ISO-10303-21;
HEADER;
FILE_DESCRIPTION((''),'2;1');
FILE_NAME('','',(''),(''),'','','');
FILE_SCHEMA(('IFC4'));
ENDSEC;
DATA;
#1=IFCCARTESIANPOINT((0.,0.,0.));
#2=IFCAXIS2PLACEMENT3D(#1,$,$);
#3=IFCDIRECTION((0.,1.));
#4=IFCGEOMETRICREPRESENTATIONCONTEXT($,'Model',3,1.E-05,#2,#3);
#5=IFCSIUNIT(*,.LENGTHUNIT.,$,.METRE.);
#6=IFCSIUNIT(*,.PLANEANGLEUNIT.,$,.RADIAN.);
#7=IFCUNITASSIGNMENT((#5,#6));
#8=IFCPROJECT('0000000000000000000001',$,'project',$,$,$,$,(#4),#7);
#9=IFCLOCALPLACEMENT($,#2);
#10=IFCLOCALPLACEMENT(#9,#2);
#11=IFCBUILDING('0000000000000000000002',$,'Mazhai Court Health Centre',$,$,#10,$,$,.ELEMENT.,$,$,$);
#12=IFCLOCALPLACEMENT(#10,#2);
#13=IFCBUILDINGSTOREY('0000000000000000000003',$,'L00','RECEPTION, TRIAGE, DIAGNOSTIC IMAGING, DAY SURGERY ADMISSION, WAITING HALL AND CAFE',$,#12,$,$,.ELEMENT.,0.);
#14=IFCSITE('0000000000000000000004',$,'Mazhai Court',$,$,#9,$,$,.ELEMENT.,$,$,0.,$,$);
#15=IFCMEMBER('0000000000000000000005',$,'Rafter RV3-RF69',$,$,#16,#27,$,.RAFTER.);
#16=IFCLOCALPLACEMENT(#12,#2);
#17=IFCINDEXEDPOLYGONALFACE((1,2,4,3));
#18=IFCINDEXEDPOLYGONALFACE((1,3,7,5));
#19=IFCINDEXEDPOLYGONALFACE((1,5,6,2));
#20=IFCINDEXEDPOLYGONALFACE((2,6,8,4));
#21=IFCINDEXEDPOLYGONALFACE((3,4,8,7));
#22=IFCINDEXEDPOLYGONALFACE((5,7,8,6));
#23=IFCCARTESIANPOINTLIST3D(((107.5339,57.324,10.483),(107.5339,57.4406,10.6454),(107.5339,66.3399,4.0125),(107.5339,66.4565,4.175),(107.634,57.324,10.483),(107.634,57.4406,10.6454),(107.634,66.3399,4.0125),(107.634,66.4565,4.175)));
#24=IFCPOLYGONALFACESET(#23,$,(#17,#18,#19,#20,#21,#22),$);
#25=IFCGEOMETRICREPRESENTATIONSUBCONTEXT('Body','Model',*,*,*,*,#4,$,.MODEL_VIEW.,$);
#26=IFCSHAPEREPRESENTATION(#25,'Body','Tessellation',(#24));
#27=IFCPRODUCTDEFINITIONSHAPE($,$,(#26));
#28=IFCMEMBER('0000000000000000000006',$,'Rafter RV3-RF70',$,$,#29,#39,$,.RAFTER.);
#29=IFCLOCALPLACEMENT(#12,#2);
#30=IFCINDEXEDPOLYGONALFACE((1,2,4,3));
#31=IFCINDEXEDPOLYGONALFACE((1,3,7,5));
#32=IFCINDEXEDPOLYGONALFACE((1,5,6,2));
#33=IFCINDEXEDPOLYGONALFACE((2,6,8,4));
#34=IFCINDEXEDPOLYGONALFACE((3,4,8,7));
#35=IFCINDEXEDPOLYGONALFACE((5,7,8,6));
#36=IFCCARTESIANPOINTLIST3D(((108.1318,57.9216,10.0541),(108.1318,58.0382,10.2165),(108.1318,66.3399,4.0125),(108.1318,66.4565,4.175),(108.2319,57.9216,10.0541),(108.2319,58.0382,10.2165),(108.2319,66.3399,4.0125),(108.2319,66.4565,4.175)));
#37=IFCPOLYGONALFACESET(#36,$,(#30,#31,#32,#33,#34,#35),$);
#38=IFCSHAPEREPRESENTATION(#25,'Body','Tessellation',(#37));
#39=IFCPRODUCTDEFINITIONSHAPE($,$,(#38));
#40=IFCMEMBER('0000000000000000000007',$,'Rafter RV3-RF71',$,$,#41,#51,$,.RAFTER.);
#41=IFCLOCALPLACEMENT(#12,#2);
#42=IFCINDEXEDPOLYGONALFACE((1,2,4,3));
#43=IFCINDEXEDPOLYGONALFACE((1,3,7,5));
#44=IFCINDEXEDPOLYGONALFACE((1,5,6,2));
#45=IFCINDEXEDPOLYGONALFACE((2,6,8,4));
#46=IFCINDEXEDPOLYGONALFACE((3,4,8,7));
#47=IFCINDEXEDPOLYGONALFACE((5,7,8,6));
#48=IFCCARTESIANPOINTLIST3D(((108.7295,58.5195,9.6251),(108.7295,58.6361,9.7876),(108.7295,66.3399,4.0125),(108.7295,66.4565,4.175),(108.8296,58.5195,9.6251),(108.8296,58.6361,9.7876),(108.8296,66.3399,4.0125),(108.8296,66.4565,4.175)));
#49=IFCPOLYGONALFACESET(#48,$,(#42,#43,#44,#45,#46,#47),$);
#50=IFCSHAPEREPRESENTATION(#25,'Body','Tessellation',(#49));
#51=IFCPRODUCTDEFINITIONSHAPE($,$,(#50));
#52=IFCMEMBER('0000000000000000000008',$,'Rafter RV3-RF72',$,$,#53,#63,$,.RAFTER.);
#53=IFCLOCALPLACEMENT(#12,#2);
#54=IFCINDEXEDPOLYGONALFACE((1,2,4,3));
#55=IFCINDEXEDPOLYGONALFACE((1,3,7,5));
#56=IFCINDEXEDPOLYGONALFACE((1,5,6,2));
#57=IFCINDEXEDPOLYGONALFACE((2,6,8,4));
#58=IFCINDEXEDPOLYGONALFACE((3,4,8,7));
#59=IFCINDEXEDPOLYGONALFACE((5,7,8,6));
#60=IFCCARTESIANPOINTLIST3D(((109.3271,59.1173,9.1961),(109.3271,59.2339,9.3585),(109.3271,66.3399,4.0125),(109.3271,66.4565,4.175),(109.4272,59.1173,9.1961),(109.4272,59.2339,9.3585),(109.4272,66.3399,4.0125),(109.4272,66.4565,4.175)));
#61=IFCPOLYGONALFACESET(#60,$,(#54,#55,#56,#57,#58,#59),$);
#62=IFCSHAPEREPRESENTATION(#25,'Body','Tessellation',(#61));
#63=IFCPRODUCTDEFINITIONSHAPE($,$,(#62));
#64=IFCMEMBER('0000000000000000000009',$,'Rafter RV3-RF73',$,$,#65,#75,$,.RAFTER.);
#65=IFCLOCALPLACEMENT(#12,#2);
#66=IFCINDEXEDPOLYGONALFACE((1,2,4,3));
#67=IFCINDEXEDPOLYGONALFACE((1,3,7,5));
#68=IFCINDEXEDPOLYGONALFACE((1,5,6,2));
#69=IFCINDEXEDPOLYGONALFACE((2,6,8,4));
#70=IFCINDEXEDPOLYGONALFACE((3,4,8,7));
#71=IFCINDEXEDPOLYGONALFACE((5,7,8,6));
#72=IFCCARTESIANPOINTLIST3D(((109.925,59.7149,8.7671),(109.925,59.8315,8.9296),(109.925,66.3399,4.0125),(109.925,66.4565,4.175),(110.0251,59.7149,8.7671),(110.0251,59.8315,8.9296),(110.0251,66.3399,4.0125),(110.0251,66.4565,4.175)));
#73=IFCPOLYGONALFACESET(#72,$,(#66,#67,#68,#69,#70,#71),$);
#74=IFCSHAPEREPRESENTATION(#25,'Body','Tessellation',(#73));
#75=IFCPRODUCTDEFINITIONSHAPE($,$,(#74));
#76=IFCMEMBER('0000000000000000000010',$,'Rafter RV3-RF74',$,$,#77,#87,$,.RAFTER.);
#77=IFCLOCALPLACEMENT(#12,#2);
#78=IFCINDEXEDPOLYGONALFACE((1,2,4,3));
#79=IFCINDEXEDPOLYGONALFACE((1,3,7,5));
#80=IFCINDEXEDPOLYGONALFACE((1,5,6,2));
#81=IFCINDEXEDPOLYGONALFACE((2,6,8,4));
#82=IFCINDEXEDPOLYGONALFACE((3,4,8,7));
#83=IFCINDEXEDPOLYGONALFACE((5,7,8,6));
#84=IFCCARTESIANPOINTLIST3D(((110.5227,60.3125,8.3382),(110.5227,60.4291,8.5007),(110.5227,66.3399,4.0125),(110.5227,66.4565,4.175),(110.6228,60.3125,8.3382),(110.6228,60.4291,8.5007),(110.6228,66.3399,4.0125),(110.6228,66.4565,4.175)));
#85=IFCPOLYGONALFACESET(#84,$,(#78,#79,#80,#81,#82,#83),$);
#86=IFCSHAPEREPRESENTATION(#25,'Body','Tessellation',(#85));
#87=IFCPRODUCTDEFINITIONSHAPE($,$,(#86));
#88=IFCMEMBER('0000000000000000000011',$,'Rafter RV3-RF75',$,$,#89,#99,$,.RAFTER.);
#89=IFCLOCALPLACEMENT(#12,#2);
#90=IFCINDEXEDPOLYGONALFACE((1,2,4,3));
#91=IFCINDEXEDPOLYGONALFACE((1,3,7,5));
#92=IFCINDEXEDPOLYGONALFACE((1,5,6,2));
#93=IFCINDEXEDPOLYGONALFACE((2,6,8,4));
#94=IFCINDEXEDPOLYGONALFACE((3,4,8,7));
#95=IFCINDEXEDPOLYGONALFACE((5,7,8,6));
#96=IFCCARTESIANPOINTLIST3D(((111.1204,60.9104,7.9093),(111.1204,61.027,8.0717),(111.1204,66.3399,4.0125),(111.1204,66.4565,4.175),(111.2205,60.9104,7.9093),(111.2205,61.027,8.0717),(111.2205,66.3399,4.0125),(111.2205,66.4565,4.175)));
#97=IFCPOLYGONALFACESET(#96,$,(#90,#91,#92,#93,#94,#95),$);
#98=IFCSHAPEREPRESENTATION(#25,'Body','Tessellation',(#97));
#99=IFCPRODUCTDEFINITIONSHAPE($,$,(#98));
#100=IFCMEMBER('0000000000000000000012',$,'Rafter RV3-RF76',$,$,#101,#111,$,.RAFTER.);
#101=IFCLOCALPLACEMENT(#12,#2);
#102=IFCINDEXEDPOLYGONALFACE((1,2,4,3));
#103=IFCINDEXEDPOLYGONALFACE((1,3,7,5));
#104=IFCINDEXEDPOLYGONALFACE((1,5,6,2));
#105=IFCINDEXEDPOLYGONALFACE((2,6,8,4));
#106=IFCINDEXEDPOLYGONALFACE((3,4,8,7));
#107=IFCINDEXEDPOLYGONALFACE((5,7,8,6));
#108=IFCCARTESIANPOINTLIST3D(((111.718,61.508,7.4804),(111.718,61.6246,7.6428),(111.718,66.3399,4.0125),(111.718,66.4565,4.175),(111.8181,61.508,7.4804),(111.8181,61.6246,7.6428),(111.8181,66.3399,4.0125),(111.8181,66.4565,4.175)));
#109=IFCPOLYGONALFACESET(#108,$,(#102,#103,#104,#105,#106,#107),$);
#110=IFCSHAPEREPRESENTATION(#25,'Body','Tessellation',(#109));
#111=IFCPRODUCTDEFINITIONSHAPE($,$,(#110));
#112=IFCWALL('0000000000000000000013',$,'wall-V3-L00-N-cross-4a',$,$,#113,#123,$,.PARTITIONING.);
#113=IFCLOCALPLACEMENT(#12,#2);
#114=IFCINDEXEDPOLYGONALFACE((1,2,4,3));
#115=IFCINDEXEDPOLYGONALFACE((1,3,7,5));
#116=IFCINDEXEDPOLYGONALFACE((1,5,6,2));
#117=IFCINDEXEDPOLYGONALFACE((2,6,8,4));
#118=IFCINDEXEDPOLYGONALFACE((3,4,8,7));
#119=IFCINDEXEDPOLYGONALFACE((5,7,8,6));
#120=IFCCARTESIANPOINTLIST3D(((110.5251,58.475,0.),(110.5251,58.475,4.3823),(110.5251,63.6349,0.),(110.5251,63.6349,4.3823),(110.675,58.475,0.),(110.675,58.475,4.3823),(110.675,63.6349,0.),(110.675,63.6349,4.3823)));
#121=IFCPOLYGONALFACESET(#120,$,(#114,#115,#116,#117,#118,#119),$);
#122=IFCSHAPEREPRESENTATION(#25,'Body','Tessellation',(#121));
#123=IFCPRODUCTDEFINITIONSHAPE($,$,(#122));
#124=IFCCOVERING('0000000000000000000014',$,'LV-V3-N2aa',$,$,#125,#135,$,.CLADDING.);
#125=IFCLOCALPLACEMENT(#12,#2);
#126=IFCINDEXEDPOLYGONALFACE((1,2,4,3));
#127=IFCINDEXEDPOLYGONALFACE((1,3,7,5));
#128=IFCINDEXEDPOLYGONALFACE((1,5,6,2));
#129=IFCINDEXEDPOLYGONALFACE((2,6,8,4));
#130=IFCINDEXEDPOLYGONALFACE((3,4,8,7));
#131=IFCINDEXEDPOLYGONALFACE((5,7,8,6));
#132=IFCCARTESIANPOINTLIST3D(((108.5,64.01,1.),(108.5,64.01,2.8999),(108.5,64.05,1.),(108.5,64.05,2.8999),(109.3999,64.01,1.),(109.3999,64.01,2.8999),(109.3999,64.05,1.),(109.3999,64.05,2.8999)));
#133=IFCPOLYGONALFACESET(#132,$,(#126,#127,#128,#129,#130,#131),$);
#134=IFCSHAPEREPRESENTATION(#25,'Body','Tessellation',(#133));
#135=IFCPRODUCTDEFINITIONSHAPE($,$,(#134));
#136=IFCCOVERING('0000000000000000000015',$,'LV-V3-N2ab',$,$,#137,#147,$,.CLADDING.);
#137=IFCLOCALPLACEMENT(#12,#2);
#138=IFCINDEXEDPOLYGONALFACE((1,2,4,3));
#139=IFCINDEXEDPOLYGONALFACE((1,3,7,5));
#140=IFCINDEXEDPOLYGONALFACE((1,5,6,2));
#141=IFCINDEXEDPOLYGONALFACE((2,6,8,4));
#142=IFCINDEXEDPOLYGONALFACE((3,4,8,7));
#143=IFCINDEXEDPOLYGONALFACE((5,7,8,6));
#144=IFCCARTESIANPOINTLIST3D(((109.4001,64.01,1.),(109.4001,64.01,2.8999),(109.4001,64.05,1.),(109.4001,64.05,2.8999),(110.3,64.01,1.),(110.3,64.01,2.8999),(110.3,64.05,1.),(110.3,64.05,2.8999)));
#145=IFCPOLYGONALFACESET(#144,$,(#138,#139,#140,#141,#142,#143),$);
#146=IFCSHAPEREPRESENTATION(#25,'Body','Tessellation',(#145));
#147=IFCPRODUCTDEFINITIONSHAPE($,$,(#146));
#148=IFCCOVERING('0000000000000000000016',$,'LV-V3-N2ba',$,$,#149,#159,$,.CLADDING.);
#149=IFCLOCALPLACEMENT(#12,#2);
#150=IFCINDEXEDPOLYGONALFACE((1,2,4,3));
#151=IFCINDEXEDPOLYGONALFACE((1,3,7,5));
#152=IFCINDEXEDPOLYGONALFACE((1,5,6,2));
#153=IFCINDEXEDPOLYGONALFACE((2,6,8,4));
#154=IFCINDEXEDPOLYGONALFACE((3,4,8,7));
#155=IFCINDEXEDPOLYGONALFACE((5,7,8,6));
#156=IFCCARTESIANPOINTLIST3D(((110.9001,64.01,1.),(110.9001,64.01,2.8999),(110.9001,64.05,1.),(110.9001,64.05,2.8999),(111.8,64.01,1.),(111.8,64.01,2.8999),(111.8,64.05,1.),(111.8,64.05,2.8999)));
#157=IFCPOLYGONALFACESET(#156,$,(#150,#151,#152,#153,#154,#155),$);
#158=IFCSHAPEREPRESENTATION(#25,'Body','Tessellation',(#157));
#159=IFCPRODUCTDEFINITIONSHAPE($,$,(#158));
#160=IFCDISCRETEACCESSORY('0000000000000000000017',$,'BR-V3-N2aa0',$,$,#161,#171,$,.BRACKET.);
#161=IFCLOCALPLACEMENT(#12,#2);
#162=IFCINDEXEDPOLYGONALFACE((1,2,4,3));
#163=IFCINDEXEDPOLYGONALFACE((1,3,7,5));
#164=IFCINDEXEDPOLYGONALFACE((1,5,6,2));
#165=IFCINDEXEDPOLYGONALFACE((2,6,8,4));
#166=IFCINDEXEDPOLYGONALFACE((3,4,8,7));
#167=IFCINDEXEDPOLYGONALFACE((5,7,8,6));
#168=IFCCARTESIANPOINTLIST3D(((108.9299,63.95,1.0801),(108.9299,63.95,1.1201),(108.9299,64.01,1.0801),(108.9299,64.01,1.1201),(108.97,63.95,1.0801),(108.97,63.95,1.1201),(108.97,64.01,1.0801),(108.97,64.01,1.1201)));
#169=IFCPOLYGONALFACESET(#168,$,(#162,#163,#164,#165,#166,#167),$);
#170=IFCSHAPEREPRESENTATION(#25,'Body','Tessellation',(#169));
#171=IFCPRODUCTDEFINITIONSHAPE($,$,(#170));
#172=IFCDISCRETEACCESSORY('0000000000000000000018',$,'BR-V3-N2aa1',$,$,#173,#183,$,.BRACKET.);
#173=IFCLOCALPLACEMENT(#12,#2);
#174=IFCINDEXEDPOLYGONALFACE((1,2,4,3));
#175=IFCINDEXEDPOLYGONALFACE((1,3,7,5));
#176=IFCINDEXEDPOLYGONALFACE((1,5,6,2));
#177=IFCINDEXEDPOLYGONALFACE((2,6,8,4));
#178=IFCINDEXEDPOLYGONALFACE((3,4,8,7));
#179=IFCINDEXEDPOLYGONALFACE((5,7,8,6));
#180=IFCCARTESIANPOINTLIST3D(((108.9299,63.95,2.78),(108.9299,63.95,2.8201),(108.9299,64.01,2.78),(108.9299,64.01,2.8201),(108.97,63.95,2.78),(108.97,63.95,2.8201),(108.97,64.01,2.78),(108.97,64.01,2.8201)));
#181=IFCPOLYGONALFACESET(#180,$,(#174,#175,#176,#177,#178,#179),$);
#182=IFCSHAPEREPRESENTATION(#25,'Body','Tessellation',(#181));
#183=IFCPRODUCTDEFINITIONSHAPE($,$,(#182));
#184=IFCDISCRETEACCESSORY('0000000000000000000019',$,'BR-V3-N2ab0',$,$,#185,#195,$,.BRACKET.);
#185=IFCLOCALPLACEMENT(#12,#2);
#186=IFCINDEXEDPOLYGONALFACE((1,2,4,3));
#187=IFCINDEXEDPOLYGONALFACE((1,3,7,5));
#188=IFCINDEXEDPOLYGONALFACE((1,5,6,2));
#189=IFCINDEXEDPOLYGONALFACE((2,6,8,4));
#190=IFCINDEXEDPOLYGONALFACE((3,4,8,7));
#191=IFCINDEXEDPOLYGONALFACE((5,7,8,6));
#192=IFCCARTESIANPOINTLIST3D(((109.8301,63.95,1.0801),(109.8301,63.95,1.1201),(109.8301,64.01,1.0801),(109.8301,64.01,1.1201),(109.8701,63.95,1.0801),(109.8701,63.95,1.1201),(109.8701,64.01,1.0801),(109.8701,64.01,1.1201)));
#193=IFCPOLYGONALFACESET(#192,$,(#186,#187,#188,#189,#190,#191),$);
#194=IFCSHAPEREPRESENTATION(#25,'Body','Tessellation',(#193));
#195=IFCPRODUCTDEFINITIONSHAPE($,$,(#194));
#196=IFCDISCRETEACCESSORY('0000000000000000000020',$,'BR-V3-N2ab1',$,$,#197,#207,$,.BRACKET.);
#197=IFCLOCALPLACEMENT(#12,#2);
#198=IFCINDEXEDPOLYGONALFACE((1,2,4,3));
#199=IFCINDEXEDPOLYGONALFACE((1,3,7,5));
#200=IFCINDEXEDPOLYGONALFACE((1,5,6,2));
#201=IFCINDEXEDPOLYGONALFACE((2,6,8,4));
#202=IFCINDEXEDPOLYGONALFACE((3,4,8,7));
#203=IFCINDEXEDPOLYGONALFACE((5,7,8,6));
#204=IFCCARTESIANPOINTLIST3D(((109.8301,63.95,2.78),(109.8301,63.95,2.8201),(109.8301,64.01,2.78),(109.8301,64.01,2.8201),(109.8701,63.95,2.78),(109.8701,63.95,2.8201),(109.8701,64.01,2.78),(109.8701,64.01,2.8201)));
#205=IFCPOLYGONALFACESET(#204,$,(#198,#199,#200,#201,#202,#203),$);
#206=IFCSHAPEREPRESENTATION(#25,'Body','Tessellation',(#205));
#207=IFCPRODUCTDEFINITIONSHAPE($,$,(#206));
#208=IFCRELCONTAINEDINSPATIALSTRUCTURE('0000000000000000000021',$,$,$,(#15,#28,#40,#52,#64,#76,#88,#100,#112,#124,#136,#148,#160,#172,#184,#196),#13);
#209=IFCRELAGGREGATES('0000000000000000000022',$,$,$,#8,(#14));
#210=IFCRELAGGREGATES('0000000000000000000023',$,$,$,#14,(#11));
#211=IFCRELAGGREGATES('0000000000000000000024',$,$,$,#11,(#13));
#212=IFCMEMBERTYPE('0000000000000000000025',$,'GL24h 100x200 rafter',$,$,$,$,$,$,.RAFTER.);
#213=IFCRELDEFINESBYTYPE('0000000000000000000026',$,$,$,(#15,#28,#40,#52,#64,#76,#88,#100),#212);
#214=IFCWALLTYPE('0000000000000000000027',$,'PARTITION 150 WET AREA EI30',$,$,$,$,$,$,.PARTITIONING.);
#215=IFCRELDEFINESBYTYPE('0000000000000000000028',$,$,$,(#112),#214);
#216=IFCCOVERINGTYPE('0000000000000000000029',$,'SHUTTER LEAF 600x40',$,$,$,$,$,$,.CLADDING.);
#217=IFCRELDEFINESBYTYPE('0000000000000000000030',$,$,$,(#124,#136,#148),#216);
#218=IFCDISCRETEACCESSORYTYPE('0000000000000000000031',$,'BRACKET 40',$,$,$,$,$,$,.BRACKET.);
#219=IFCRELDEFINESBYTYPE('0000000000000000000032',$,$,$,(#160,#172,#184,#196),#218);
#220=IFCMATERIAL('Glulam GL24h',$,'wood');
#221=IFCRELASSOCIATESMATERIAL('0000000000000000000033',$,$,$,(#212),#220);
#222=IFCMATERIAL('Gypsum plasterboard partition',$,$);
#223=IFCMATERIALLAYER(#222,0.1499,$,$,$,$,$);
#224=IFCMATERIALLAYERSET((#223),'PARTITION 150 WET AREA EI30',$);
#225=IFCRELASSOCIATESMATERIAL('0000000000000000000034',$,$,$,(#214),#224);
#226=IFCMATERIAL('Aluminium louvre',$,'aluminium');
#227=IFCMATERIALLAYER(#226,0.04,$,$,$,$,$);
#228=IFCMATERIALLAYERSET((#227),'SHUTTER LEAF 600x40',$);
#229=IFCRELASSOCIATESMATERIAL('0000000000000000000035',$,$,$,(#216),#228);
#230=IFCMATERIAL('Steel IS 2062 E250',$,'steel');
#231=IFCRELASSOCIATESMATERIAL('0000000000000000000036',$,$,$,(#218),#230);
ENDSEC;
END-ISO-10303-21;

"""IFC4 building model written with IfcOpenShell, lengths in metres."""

from ifc_helpers import new_model, si_unit, direction, frame, frame_2d, origin, origin_2d, place, context, subcontext, project, spatial, rectangle, extrude, material, layer, layer_set, material_profile, profile_set, type_object, element, save


model = new_model("IFC4")

# Units and contexts
model_context = context("Model", 3, precision=1e-05, world=origin(), true_north=direction((0.0, 1.0)))
body_context = subcontext(model_context, "Body", "Model", "MODEL_VIEW")
ifc_project = project(units=[si_unit("LENGTHUNIT", "METRE"), si_unit("PLANEANGLEUNIT", "RADIAN")], contexts=[model_context])

# Site, building, storey
site_placement = place(None, origin())
site = spatial("IfcSite", under=ifc_project, at=site_placement, Name="Mazhai Court", CompositionType="ELEMENT", RefElevation=0.0)
building_placement = place(site_placement, origin())
building = spatial("IfcBuilding", under=site, at=building_placement, Name="Mazhai Court Health Centre", CompositionType="ELEMENT")
storey_placement = place(building_placement, origin())
storey = spatial("IfcBuildingStorey", under=building, at=storey_placement, Name="L00", Description="RECEPTION, TRIAGE, DIAGNOSTIC IMAGING, DAY SURGERY ADMISSION, WAITING HALL AND CAFE", CompositionType="ELEMENT", Elevation=0.0)

# Members
ifc_material_1 = material(Name="Glulam GL24h", Category="wood")
ifc_material_profile = material_profile(ifc_material_1, rectangle(XDim=0.1001, YDim=0.2, at=origin_2d()), Name="GL24h 100x200")
ifc_profile_set = profile_set([ifc_material_profile], Name="Glulam GL24h")
member_type = type_object("IfcMemberType", Name="GL24h 100x200 rafter", PredefinedType="RAFTER", material=ifc_profile_set)
member_1_placement = place(storey_placement, frame((107.584, 66.3982, 4.0938), z_axis=(0.0, -0.812429, 0.58306), x_axis=(1.0, 0.0, 0.0)))
element("IfcMember", 1, at=member_1_placement, inside=storey, type_object=member_type, Name="Rafter RV3-RF69", PredefinedType="RAFTER", context=body_context, shape_type="SweptSolid", body=[
    extrude(rectangle(XDim=0.1001, YDim=0.2, at=origin_2d()), origin(), (0.0, 0.0, 1.0), 11.0974),
])
member_2_placement = place(storey_placement, frame((108.1819, 66.3982, 4.0938), z_axis=(0.0, -0.812431, 0.583058), x_axis=(1.0, 0.0, 0.0)))
element("IfcMember", 2, at=member_2_placement, inside=storey, type_object=member_type, Name="Rafter RV3-RF70", PredefinedType="RAFTER", context=body_context, shape_type="SweptSolid", body=[
    extrude(rectangle(XDim=0.1001, YDim=0.2, at=origin_2d()), origin(), (0.0, 0.0, 1.0), 10.3618),
])
member_3_placement = place(storey_placement, frame((108.7795, 66.3982, 4.0938), z_axis=(0.0, -0.812424, 0.583067), x_axis=(1.0, 0.0, 0.0)))
element("IfcMember", 3, at=member_3_placement, inside=storey, type_object=member_type, Name="Rafter RV3-RF71", PredefinedType="RAFTER", context=body_context, shape_type="SweptSolid", body=[
    extrude(rectangle(XDim=0.1001, YDim=0.2, at=origin_2d()), origin(), (0.0, 0.0, 1.0), 9.626),
])
member_4_placement = place(storey_placement, frame((109.3772, 66.3982, 4.0938), z_axis=(0.0, -0.812425, 0.583066), x_axis=(1.0, 0.0, 0.0)))
element("IfcMember", 4, at=member_4_placement, inside=storey, type_object=member_type, Name="Rafter RV3-RF72", PredefinedType="RAFTER", context=body_context, shape_type="SweptSolid", body=[
    extrude(rectangle(XDim=0.1001, YDim=0.2, at=origin_2d()), origin(), (0.0, 0.0, 1.0), 8.8901),
])
member_5_placement = place(storey_placement, frame((109.9751, 66.3982, 4.0938), z_axis=(0.0, -0.812427, 0.583063), x_axis=(1.0, 0.0, 0.0)))
element("IfcMember", 5, at=member_5_placement, inside=storey, type_object=member_type, Name="Rafter RV3-RF73", PredefinedType="RAFTER", context=body_context, shape_type="SweptSolid", body=[
    extrude(rectangle(XDim=0.1001, YDim=0.2, at=origin_2d()), origin(), (0.0, 0.0, 1.0), 8.1545),
])
member_6_placement = place(storey_placement, frame((110.5728, 66.3982, 4.0938), z_axis=(0.0, -0.812428, 0.583061), x_axis=(1.0, 0.0, 0.0)))
element("IfcMember", 6, at=member_6_placement, inside=storey, type_object=member_type, Name="Rafter RV3-RF74", PredefinedType="RAFTER", context=body_context, shape_type="SweptSolid", body=[
    extrude(rectangle(XDim=0.1001, YDim=0.2, at=origin_2d()), origin(), (0.0, 0.0, 1.0), 7.4189),
])
member_7_placement = place(storey_placement, frame((111.1704, 66.3982, 4.0938), z_axis=(0.0, -0.812418, 0.583075), x_axis=(1.0, 0.0, 0.0)))
element("IfcMember", 7, at=member_7_placement, inside=storey, type_object=member_type, Name="Rafter RV3-RF75", PredefinedType="RAFTER", context=body_context, shape_type="SweptSolid", body=[
    extrude(rectangle(XDim=0.1001, YDim=0.2, at=origin_2d()), origin(), (0.0, 0.0, 1.0), 6.6831),
])
member_8_placement = place(storey_placement, frame((111.7681, 66.3982, 4.0938), z_axis=(0.0, -0.812419, 0.583073), x_axis=(1.0, 0.0, 0.0)))
element("IfcMember", 8, at=member_8_placement, inside=storey, type_object=member_type, Name="Rafter RV3-RF76", PredefinedType="RAFTER", context=body_context, shape_type="SweptSolid", body=[
    extrude(rectangle(XDim=0.1001, YDim=0.2, at=origin_2d()), origin(), (0.0, 0.0, 1.0), 5.9475),
])

# Wall
ifc_material_2 = material(Name="Gypsum plasterboard partition")
ifc_layer_1 = layer(ifc_material_2, 0.1499)
ifc_layer_set_1 = layer_set([ifc_layer_1], Name="PARTITION 150 WET AREA EI30")
wall_type = type_object("IfcWallType", Name="PARTITION 150 WET AREA EI30", PredefinedType="PARTITIONING", material=ifc_layer_set_1)
wall_placement = place(storey_placement, frame((110.6001, 63.635, 0.0), z_axis=(0.0, 0.0, 1.0), x_axis=(0.0, -1.0, 0.0)))
element("IfcWall", 9, at=wall_placement, inside=storey, type_object=wall_type, Name="wall-V3-L00-N-cross-4a", PredefinedType="PARTITIONING", context=body_context, shape_type="SweptSolid", body=[
    extrude(rectangle(XDim=5.1599, YDim=0.1499, at=frame_2d((2.5801, 0.0))), origin(), (0.0, 0.0, 1.0), 4.3823),
])

# Coverings
ifc_material_3 = material(Name="Aluminium louvre", Category="aluminium")
ifc_layer_2 = layer(ifc_material_3, 0.04)
ifc_layer_set_2 = layer_set([ifc_layer_2], Name="SHUTTER LEAF 600x40")
covering_type = type_object("IfcCoveringType", Name="SHUTTER LEAF 600x40", PredefinedType="CLADDING", material=ifc_layer_set_2)
for number, where, z_axis, x_axis, name in (
    (10, (108.95, 64.03, 1.0), (0.0, 0.0, 1.0), (1.0, 0.0, 0.0), "LV-V3-N2aa"),
    (11, (109.8501, 64.03, 1.0), (0.0, 0.0, 1.0), (1.0, 0.0, 0.0), "LV-V3-N2ab"),
    (12, (111.3501, 64.03, 1.0), (0.0, 0.0, 1.0), (1.0, 0.0, 0.0), "LV-V3-N2ba"),
):
    element("IfcCovering", number, at=place(storey_placement, frame(where, z_axis=z_axis, x_axis=x_axis)), inside=storey, type_object=covering_type, Name=name, PredefinedType="CLADDING", context=body_context, shape_type="SweptSolid", body=[
        extrude(rectangle(XDim=0.8999, YDim=0.04, at=origin_2d()), origin(), (0.0, 0.0, 1.0), 1.8999),
    ])

# Discrete accessories
ifc_material_4 = material(Name="Steel IS 2062 E250", Category="steel")
discrete_accessory_type_1 = type_object("IfcDiscreteAccessoryType", Name="BRACKET 40", PredefinedType="BRACKET", material=ifc_material_4)
for number, where, z_axis, x_axis, name in (
    (13, (108.95, 63.98, 1.0801), (0.0, 0.0, 1.0), (1.0, 0.0, 0.0), "BR-V3-N2aa0"),
    (14, (108.95, 63.98, 2.78), (0.0, 0.0, 1.0), (1.0, 0.0, 0.0), "BR-V3-N2aa1"),
    (15, (109.8501, 63.98, 1.0801), (0.0, 0.0, 1.0), (1.0, 0.0, 0.0), "BR-V3-N2ab0"),
    (16, (109.8501, 63.98, 2.78), (0.0, 0.0, 1.0), (1.0, 0.0, 0.0), "BR-V3-N2ab1"),
):
    element("IfcDiscreteAccessory", number, at=place(storey_placement, frame(where, z_axis=z_axis, x_axis=x_axis)), inside=storey, type_object=discrete_accessory_type_1, Name=name, PredefinedType="BRACKET", context=body_context, shape_type="SweptSolid", body=[
        extrude(rectangle(XDim=0.04, YDim=0.0601, at=origin_2d()), origin(), (0.0, 0.0, 1.0), 0.04),
    ])

save(model, "model.ifc")
